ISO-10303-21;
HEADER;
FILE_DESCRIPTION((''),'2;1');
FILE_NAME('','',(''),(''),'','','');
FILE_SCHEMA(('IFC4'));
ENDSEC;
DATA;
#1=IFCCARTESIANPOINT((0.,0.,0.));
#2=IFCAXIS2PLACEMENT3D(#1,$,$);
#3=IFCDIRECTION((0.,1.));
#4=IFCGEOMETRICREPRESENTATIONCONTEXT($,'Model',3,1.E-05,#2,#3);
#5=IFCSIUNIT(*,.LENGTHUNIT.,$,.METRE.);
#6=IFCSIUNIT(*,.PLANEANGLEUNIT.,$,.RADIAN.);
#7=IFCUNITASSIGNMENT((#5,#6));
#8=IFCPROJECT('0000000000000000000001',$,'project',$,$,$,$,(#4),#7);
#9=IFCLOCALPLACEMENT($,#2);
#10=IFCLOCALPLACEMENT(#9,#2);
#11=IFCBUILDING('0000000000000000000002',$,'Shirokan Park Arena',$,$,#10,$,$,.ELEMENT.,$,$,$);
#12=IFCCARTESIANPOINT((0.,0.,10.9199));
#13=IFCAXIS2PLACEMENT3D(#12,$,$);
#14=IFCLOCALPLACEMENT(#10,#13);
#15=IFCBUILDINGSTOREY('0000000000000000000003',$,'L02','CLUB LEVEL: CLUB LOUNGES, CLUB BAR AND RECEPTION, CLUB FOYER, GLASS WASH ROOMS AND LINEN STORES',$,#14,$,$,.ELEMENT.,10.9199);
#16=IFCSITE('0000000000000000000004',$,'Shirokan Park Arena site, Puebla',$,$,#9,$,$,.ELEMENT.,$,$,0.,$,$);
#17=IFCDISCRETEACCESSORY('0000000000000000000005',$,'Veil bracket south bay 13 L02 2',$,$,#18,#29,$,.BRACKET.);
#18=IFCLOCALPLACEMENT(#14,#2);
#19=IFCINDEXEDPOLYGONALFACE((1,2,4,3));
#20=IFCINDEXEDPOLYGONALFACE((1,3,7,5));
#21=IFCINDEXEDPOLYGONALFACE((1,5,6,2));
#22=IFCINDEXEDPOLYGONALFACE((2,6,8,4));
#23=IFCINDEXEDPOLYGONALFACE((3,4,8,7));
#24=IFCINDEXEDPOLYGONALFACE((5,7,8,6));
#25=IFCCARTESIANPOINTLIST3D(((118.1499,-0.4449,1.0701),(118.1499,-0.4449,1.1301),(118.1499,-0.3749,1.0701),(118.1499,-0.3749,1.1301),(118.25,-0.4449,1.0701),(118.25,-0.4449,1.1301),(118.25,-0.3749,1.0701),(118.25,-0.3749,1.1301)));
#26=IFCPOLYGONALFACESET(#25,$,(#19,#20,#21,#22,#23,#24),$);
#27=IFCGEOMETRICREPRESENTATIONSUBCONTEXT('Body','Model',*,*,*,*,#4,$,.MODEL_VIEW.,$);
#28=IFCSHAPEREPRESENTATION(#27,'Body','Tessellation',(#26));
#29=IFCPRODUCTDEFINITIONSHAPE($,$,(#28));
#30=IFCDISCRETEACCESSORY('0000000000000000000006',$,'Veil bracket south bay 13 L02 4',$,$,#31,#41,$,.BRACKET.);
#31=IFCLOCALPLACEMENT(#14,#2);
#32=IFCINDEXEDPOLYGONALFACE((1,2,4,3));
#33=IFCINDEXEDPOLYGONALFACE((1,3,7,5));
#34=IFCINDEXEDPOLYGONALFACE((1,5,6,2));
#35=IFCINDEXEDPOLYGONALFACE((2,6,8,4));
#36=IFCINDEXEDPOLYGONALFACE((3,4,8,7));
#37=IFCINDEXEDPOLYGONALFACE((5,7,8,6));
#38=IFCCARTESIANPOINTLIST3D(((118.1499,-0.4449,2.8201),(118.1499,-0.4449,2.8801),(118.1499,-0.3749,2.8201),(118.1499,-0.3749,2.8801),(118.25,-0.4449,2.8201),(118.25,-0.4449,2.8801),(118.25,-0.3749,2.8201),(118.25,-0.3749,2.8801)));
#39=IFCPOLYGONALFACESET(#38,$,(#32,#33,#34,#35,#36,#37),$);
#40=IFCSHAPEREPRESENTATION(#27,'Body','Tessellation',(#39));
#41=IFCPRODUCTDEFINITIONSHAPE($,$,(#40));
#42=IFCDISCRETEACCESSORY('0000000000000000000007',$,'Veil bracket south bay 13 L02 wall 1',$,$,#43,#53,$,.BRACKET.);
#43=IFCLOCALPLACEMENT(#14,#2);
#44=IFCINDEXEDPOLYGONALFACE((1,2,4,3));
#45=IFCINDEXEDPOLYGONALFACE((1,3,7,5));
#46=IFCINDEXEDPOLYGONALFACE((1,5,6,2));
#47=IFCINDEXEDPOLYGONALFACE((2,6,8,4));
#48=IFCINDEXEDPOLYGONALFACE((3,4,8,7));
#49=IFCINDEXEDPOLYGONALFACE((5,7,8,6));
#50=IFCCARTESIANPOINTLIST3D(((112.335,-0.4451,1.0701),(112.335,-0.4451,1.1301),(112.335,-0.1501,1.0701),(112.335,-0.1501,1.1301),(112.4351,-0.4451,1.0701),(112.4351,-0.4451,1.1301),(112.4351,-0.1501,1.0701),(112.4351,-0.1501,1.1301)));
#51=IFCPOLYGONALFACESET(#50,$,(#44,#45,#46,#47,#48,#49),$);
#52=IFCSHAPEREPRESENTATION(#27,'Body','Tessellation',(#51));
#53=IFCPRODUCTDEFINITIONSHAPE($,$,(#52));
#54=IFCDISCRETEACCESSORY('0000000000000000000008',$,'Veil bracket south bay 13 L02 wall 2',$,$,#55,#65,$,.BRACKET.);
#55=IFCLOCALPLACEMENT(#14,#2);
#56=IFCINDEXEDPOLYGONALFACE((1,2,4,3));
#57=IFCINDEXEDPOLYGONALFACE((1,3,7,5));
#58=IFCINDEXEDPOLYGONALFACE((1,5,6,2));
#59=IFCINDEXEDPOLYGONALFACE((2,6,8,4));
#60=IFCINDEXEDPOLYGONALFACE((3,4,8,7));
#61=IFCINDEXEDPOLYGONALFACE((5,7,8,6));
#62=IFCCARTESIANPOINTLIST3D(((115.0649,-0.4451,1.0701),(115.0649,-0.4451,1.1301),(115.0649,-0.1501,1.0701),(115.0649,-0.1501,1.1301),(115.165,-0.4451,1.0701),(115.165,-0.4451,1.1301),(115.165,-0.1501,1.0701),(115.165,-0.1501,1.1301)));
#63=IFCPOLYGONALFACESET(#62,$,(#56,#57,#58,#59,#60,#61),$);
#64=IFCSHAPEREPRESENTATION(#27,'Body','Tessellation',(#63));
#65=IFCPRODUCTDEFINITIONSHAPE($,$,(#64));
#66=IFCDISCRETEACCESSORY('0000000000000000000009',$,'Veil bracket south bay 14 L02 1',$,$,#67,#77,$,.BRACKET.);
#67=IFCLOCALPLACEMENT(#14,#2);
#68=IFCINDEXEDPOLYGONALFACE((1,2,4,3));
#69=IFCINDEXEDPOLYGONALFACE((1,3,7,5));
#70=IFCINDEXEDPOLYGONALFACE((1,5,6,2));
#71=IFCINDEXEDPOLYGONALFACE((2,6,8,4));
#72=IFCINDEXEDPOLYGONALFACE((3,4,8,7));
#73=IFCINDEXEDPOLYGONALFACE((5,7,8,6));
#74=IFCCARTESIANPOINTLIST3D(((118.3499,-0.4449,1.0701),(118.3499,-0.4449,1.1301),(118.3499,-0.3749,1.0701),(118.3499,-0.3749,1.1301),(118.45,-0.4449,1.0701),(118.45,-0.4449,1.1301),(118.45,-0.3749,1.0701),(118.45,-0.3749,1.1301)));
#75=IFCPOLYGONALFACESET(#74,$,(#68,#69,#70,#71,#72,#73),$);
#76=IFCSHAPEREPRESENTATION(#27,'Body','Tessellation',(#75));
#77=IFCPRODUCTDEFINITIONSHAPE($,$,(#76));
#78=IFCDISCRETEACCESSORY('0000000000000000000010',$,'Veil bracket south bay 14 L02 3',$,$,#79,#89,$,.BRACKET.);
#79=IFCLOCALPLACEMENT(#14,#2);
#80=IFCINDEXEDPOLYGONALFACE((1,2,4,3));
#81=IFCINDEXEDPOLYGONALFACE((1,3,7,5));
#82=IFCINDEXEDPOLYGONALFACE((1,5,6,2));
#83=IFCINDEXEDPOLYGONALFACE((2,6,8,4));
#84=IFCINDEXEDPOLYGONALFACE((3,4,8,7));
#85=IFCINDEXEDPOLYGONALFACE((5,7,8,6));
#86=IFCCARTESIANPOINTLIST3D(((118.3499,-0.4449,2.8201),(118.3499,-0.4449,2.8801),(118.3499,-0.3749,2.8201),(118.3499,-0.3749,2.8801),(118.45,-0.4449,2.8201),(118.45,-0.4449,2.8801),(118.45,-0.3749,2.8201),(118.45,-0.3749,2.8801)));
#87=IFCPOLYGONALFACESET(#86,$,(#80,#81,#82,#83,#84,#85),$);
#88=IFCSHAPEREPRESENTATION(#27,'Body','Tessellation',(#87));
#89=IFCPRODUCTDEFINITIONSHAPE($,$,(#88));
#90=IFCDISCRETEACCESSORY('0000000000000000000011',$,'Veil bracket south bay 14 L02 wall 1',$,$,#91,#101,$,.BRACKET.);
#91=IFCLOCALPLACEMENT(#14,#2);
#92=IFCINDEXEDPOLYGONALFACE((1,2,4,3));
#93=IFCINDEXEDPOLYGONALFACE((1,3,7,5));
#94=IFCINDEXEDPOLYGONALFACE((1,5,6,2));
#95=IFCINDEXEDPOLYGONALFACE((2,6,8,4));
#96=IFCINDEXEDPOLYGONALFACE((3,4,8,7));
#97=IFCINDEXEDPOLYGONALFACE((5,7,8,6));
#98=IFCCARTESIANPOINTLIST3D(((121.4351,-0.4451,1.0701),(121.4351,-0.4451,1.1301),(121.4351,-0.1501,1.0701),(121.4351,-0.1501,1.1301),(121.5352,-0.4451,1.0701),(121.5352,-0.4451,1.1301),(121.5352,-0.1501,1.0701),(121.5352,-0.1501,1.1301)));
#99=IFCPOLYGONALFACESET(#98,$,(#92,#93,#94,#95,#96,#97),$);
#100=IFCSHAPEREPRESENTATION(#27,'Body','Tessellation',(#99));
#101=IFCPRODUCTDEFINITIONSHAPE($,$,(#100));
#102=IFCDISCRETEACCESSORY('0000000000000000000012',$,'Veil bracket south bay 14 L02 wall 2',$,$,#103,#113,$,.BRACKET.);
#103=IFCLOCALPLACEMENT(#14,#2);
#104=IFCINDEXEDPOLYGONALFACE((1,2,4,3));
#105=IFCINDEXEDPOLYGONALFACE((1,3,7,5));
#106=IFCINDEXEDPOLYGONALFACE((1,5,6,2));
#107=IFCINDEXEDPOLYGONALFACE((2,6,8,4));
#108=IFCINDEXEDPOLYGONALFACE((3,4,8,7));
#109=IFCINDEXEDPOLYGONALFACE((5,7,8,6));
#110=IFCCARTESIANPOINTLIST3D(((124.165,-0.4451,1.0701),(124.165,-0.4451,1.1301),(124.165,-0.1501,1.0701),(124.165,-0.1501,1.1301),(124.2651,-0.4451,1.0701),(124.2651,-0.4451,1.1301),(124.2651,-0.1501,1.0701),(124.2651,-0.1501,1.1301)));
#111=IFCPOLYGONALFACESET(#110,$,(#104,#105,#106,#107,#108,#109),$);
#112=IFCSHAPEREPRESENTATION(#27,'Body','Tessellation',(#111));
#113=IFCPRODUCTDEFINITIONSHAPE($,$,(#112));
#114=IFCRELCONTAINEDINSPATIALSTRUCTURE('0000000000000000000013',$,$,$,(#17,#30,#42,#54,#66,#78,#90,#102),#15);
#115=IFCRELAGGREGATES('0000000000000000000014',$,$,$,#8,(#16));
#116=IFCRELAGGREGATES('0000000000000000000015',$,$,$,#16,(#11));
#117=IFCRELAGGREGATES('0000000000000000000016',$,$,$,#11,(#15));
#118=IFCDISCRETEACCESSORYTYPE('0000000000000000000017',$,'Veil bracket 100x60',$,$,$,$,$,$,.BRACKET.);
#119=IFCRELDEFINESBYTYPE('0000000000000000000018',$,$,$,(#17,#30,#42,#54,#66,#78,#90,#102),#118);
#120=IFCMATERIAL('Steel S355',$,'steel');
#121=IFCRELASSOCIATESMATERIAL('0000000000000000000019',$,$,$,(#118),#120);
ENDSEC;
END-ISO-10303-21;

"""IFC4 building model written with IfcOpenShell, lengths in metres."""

from ifc_helpers import new_model, si_unit, direction, frame, origin, origin_2d, place, context, subcontext, project, spatial, rectangle, extrude, material, type_object, element, save


model = new_model("IFC4")

# Units and contexts
model_context = context("Model", 3, precision=1e-05, world=origin(), true_north=direction((0.0, 1.0)))
body_context = subcontext(model_context, "Body", "Model", "MODEL_VIEW")
ifc_project = project(units=[si_unit("LENGTHUNIT", "METRE"), si_unit("PLANEANGLEUNIT", "RADIAN")], contexts=[model_context])

# Site, building, storey
site_placement = place(None, origin())
site = spatial("IfcSite", under=ifc_project, at=site_placement, Name="Shirokan Park Arena site, Puebla", CompositionType="ELEMENT", RefElevation=0.0)
building_placement = place(site_placement, origin())
building = spatial("IfcBuilding", under=site, at=building_placement, Name="Shirokan Park Arena", CompositionType="ELEMENT")
storey_placement = place(building_placement, frame((0.0, 0.0, 10.9199)))
storey = spatial("IfcBuildingStorey", under=building, at=storey_placement, Name="L02", Description="CLUB LEVEL: CLUB LOUNGES, CLUB BAR AND RECEPTION, CLUB FOYER, GLASS WASH ROOMS AND LINEN STORES", CompositionType="ELEMENT", Elevation=10.9199)

# Discrete accessories
ifc_material_1 = material(Name="Steel S355", Category="steel")
discrete_accessory_type = type_object("IfcDiscreteAccessoryType", Name="Veil bracket 100x60", PredefinedType="BRACKET", material=ifc_material_1)
for number, where, z_axis, x_axis, name in (
    (1, (118.2, -0.4099, 1.0701), (0.0, 0.0, 1.0), (1.0, 0.0, 0.0), "Veil bracket south bay 13 L02 2"),
    (2, (118.2, -0.4099, 2.8201), (0.0, 0.0, 1.0), (1.0, 0.0, 0.0), "Veil bracket south bay 13 L02 4"),
):
    element("IfcDiscreteAccessory", number, at=place(storey_placement, frame(where, z_axis=z_axis, x_axis=x_axis)), inside=storey, type_object=discrete_accessory_type, Name=name, PredefinedType="BRACKET", context=body_context, shape_type="SweptSolid", body=[
        extrude(rectangle(XDim=0.1001, YDim=0.0701, at=origin_2d()), origin(), (0.0, 0.0, 1.0), 0.0601),
    ])
for number, where, z_axis, x_axis, name in (
    (3, (112.385, -0.2976, 1.0701), (0.0, 0.0, 1.0), (1.0, 0.0, 0.0), "Veil bracket south bay 13 L02 wall 1"),
    (4, (115.115, -0.2976, 1.0701), (0.0, 0.0, 1.0), (1.0, 0.0, 0.0), "Veil bracket south bay 13 L02 wall 2"),
):
    element("IfcDiscreteAccessory", number, at=place(storey_placement, frame(where, z_axis=z_axis, x_axis=x_axis)), inside=storey, type_object=discrete_accessory_type, Name=name, PredefinedType="BRACKET", context=body_context, shape_type="SweptSolid", body=[
        extrude(rectangle(XDim=0.1001, YDim=0.2949, at=origin_2d()), origin(), (0.0, 0.0, 1.0), 0.0601),
    ])
for number, where, z_axis, x_axis, name in (
    (5, (118.3999, -0.4099, 1.0701), (0.0, 0.0, 1.0), (1.0, 0.0, 0.0), "Veil bracket south bay 14 L02 1"),
    (6, (118.3999, -0.4099, 2.8201), (0.0, 0.0, 1.0), (1.0, 0.0, 0.0), "Veil bracket south bay 14 L02 3"),
):
    element("IfcDiscreteAccessory", number, at=place(storey_placement, frame(where, z_axis=z_axis, x_axis=x_axis)), inside=storey, type_object=discrete_accessory_type, Name=name, PredefinedType="BRACKET", context=body_context, shape_type="SweptSolid", body=[
        extrude(rectangle(XDim=0.1001, YDim=0.0701, at=origin_2d()), origin(), (0.0, 0.0, 1.0), 0.0601),
    ])
for number, where, z_axis, x_axis, name in (
    (7, (121.4851, -0.2976, 1.0701), (0.0, 0.0, 1.0), (1.0, 0.0, 0.0), "Veil bracket south bay 14 L02 wall 1"),
    (8, (124.2151, -0.2976, 1.0701), (0.0, 0.0, 1.0), (1.0, 0.0, 0.0), "Veil bracket south bay 14 L02 wall 2"),
):
    element("IfcDiscreteAccessory", number, at=place(storey_placement, frame(where, z_axis=z_axis, x_axis=x_axis)), inside=storey, type_object=discrete_accessory_type, Name=name, PredefinedType="BRACKET", context=body_context, shape_type="SweptSolid", body=[
        extrude(rectangle(XDim=0.1001, YDim=0.2949, at=origin_2d()), origin(), (0.0, 0.0, 1.0), 0.0601),
    ])

save(model, "model.ifc")
